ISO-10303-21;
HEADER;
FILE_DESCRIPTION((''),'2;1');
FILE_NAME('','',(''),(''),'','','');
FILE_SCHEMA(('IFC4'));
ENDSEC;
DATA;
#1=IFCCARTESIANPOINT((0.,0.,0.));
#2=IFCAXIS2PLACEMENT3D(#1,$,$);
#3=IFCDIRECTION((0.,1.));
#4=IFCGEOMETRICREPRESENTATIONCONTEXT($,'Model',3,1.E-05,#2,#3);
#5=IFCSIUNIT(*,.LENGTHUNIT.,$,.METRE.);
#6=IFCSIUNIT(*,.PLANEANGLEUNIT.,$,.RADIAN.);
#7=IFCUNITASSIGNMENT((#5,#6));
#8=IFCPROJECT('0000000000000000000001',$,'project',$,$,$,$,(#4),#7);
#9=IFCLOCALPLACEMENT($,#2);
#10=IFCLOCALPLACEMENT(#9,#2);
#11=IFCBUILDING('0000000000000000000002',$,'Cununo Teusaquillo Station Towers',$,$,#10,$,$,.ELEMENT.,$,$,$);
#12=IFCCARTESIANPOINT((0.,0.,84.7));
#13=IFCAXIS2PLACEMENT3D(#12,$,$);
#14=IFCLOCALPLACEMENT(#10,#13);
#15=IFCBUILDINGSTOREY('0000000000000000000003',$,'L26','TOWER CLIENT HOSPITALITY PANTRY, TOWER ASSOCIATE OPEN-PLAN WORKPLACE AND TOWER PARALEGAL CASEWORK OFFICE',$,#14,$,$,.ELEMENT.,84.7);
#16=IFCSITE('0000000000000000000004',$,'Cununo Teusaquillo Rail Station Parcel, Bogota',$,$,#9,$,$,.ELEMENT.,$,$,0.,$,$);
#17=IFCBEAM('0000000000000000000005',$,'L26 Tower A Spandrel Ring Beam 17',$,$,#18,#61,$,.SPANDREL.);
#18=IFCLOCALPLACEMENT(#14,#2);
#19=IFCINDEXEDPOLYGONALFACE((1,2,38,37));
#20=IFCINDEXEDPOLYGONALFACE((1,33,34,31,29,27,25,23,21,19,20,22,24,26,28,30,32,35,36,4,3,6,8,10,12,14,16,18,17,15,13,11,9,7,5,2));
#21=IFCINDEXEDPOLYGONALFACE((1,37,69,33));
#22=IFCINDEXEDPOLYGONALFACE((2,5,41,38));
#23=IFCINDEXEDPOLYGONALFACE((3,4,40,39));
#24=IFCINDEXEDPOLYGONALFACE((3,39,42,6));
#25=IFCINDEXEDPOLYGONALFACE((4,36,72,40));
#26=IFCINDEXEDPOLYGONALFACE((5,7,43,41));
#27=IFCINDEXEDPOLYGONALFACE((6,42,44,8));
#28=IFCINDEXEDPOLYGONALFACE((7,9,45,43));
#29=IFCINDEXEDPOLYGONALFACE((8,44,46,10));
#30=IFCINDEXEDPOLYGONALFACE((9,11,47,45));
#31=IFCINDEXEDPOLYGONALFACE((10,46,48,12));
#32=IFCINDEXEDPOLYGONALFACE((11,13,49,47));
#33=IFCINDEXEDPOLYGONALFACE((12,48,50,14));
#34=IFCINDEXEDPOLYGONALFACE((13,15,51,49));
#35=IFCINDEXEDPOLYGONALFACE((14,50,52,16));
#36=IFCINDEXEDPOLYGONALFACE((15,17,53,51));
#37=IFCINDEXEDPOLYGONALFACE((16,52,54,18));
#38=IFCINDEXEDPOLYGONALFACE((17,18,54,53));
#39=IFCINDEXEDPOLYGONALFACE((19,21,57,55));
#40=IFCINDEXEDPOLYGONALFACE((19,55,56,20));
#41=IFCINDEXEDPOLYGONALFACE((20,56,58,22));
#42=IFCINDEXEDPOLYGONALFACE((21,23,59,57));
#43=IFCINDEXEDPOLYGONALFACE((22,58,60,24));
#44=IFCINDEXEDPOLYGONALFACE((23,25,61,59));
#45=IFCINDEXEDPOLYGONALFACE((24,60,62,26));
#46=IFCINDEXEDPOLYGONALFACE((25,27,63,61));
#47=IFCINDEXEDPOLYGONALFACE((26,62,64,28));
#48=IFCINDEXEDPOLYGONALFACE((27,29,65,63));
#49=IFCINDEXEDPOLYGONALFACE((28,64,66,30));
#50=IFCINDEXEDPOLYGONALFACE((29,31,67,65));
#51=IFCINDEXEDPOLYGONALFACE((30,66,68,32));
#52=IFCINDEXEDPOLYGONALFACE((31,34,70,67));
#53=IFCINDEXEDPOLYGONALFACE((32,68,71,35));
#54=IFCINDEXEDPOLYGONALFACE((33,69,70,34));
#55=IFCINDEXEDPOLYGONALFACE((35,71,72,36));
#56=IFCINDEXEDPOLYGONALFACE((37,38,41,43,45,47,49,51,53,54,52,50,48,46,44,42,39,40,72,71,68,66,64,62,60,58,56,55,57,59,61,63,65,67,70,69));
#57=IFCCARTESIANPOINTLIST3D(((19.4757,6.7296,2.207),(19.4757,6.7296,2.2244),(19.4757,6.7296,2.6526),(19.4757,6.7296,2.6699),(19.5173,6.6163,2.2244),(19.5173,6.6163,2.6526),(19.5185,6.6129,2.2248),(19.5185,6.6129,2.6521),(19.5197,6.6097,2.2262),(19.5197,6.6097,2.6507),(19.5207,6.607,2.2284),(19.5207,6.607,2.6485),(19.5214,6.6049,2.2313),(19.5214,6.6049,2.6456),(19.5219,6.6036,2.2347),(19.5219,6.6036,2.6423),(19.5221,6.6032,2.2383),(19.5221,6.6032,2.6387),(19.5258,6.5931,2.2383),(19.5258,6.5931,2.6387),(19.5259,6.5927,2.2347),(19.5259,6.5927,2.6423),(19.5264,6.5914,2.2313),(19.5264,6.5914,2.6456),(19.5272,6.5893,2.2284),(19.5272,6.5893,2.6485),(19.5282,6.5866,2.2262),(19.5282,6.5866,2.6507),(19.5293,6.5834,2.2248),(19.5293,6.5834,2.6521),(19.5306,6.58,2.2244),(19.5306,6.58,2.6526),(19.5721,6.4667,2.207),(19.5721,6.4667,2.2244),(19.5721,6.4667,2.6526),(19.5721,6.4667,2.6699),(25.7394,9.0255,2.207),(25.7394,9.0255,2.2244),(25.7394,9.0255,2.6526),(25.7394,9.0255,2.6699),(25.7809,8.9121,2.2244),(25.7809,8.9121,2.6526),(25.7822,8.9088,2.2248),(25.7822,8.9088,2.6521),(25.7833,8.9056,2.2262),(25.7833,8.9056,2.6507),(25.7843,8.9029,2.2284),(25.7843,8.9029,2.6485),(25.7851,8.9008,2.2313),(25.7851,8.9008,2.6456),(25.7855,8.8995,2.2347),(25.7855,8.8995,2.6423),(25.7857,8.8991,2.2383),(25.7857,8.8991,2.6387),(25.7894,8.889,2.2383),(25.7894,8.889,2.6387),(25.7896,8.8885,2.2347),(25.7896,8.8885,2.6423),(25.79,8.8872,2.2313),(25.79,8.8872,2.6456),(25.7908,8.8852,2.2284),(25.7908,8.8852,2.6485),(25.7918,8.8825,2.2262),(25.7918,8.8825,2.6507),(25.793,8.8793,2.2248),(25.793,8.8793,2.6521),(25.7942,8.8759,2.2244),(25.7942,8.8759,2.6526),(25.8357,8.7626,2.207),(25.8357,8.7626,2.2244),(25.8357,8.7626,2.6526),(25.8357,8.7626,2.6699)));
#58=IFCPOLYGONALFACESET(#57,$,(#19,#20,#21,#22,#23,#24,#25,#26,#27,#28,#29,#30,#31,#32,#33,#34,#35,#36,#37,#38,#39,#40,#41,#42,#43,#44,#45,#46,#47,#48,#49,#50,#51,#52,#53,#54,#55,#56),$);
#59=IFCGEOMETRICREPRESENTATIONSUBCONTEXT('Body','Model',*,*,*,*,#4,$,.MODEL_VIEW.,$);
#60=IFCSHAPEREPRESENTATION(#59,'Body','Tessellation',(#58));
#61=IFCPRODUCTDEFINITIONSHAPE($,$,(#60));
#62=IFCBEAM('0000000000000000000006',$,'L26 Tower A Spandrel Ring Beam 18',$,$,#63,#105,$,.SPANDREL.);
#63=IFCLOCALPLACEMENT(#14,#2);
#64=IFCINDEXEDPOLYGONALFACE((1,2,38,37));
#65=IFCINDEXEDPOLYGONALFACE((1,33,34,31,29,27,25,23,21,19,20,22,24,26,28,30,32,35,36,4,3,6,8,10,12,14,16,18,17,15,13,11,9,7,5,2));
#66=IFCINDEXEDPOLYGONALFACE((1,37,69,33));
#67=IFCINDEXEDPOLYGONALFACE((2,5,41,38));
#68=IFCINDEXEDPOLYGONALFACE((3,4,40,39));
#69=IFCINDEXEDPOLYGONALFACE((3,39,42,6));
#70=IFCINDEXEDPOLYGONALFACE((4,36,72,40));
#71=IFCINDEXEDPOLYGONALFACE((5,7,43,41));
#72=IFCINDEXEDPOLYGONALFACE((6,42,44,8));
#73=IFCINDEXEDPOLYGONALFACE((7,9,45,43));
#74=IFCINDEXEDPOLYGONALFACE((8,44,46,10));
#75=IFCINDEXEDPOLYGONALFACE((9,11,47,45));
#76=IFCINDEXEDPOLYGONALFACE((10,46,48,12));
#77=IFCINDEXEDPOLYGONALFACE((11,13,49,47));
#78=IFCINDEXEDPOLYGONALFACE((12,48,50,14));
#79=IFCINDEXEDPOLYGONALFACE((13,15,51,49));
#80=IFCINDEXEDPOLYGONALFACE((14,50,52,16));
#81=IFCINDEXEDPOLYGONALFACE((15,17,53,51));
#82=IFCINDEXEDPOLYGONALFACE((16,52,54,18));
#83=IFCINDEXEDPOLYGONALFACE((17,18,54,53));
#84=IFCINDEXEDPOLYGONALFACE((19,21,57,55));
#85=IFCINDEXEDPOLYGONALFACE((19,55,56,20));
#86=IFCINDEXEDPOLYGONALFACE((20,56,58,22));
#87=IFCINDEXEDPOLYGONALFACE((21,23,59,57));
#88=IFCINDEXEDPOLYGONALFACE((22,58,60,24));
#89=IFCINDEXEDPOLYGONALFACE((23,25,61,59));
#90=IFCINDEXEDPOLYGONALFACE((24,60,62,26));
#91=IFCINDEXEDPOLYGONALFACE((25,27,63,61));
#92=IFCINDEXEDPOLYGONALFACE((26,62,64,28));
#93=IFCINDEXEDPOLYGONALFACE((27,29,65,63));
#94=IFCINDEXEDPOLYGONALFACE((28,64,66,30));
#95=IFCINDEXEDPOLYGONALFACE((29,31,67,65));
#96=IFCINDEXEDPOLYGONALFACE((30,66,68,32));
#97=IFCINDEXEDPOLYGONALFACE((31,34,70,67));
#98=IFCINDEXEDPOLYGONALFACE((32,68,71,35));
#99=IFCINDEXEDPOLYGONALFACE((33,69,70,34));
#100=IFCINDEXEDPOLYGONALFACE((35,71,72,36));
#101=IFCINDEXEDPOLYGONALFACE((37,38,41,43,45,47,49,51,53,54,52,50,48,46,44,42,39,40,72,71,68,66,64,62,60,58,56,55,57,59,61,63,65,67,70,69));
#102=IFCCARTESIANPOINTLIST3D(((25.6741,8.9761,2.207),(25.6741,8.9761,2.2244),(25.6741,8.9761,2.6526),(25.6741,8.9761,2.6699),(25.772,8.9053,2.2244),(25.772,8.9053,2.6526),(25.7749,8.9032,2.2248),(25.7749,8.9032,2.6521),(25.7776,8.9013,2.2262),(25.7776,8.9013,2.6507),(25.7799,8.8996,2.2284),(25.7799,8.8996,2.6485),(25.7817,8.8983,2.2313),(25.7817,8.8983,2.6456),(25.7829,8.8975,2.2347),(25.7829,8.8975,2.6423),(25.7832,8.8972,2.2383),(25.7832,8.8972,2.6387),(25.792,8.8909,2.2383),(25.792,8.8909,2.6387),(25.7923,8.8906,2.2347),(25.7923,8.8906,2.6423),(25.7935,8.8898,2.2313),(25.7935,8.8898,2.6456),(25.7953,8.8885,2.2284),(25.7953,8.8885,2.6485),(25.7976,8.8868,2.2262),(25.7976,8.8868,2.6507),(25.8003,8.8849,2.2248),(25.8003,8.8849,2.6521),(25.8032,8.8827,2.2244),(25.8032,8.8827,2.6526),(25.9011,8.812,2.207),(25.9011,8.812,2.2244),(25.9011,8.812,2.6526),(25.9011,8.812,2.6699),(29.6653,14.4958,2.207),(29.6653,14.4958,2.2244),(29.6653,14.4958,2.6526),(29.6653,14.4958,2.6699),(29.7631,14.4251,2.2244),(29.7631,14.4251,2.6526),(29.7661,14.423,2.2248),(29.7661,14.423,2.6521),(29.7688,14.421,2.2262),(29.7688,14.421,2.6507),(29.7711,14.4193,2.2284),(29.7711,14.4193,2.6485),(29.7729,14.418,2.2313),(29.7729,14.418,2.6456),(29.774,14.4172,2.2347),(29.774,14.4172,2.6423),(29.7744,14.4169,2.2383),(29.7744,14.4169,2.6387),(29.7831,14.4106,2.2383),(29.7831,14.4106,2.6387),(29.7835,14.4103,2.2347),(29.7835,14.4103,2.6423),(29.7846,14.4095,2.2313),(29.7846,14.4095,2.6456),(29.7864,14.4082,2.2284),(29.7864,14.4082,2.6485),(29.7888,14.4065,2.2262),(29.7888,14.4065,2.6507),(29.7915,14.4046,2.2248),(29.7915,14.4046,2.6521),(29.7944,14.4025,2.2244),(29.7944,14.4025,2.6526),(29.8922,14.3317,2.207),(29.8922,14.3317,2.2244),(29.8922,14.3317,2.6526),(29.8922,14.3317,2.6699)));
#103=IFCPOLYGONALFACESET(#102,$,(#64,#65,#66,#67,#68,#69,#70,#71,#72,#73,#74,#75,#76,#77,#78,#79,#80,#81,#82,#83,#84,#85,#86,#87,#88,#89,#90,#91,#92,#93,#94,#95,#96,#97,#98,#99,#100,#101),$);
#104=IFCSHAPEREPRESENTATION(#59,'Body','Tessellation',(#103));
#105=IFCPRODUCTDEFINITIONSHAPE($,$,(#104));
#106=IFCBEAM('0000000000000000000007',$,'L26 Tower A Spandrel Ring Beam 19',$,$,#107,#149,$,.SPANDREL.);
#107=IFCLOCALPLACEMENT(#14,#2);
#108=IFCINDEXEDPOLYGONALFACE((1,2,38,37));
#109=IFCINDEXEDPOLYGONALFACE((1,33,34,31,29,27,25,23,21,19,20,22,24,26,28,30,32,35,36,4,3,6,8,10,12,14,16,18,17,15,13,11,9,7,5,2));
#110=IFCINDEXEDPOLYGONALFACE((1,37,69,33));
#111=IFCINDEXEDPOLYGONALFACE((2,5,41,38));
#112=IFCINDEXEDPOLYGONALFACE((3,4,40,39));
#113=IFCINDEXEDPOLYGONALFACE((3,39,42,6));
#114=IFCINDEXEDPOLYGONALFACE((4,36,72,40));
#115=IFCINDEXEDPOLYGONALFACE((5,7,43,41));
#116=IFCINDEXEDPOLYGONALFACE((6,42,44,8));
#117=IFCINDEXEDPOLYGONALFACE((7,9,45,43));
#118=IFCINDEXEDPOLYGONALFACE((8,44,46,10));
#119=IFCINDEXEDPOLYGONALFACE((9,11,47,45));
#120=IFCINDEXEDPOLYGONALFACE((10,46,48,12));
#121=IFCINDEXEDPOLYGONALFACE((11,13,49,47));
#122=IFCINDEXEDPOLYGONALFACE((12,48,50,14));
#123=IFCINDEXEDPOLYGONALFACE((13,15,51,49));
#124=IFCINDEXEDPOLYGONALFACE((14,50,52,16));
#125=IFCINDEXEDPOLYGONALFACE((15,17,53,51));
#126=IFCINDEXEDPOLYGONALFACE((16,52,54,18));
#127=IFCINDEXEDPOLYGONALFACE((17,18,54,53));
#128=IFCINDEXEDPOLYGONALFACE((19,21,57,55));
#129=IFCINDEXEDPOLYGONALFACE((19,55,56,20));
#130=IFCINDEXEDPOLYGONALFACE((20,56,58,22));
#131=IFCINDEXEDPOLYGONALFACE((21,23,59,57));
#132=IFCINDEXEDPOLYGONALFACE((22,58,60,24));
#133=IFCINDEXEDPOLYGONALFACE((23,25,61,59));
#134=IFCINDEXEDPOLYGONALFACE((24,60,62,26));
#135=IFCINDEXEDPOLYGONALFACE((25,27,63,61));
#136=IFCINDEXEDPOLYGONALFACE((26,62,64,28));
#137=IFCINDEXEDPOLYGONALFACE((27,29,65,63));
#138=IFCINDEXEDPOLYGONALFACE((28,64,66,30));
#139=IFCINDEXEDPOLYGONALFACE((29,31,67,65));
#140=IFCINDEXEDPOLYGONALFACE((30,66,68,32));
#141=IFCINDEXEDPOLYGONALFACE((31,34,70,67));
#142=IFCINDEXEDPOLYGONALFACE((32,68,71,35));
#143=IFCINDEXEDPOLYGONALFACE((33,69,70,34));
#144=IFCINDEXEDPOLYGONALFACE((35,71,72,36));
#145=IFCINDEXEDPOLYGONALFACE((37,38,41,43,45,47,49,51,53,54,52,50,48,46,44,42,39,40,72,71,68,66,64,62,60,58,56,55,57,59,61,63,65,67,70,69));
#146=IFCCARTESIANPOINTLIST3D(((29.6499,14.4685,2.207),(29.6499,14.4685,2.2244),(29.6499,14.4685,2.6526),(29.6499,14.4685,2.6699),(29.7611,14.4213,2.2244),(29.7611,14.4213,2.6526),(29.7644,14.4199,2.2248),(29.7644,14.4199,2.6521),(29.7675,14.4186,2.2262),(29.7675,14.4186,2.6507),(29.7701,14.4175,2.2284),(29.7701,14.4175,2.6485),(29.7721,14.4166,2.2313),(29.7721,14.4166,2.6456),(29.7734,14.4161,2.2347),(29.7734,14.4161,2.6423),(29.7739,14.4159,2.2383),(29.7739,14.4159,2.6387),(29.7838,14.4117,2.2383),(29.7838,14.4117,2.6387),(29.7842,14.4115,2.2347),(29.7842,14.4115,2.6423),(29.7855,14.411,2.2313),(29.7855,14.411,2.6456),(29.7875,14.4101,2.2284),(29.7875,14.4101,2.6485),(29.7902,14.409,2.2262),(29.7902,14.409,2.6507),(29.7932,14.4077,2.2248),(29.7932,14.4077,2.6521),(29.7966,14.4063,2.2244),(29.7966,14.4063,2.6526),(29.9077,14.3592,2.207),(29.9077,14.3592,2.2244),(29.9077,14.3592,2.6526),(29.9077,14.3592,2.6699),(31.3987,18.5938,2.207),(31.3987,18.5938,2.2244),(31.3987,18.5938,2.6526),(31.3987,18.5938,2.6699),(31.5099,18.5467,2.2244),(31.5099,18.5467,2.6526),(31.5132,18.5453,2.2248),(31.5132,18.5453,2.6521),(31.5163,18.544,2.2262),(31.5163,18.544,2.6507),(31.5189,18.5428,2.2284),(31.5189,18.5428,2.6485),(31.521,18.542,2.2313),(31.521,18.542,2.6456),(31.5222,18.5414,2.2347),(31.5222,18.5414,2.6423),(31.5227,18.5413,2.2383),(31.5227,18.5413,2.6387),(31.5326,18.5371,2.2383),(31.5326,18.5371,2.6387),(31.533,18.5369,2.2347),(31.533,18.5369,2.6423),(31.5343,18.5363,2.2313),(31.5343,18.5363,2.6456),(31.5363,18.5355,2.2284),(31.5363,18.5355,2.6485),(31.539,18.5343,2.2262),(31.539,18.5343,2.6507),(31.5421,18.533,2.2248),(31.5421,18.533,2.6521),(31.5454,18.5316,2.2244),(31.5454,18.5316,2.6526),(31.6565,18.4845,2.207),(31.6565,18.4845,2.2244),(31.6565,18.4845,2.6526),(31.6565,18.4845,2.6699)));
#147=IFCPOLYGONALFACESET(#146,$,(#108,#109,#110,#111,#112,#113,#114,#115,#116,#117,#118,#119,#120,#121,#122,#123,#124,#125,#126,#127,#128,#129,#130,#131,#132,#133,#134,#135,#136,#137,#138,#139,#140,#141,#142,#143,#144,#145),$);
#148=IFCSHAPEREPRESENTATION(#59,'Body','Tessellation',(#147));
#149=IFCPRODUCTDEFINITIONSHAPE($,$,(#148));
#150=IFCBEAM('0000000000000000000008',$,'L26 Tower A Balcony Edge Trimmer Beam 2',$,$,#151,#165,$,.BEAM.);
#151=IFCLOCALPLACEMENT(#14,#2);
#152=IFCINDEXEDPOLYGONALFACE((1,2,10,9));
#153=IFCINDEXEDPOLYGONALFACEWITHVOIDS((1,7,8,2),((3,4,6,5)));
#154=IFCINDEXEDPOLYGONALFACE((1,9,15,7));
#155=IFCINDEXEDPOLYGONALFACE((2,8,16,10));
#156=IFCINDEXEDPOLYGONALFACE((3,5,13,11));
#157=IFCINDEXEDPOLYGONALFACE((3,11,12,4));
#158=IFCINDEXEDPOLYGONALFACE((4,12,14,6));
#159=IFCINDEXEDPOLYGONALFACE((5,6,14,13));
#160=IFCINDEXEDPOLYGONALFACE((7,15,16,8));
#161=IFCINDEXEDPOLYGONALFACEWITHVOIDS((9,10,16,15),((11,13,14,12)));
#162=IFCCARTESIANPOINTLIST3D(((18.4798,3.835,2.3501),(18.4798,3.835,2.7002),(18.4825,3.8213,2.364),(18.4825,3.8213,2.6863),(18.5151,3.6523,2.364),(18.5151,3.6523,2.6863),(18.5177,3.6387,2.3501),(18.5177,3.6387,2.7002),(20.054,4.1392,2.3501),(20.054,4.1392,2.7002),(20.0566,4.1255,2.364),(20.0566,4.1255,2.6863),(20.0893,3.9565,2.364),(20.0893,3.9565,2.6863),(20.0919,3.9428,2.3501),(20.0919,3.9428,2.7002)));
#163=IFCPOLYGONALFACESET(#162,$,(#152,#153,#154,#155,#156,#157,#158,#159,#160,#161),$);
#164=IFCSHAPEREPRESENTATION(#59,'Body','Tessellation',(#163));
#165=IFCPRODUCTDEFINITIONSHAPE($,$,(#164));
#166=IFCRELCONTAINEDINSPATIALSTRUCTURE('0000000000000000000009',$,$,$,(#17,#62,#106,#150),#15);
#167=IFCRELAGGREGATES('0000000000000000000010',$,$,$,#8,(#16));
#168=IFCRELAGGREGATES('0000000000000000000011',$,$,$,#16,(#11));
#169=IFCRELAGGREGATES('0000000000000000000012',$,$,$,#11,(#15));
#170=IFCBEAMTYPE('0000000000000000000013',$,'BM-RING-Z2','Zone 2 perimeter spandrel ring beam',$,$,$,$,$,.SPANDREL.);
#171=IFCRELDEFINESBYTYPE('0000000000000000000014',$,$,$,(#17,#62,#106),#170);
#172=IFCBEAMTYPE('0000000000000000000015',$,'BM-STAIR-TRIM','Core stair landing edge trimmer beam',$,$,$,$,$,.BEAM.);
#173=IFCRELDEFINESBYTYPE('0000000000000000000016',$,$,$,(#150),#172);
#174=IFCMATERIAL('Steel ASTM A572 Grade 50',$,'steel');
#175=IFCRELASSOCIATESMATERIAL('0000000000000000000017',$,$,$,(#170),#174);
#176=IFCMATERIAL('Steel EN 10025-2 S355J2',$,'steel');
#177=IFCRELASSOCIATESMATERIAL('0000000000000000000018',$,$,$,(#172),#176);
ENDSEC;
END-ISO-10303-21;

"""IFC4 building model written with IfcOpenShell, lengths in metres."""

from ifc_helpers import new_model, si_unit, direction, frame, origin, origin_2d, place, context, subcontext, project, spatial, hollow_rectangle, i_section, extrude, material, material_profile, profile_set, type_object, element, save


model = new_model("IFC4")

# Units and contexts
model_context = context("Model", 3, precision=1e-05, world=origin(), true_north=direction((0.0, 1.0)))
body_context = subcontext(model_context, "Body", "Model", "MODEL_VIEW")
ifc_project = project(units=[si_unit("LENGTHUNIT", "METRE"), si_unit("PLANEANGLEUNIT", "RADIAN")], contexts=[model_context])

# Site, building, storey
site_placement = place(None, origin())
site = spatial("IfcSite", under=ifc_project, at=site_placement, Name="Cununo Teusaquillo Rail Station Parcel, Bogota", CompositionType="ELEMENT", RefElevation=0.0)
building_placement = place(site_placement, origin())
building = spatial("IfcBuilding", under=site, at=building_placement, Name="Cununo Teusaquillo Station Towers", CompositionType="ELEMENT")
storey_placement = place(building_placement, frame((0.0, 0.0, 84.7)))
storey = spatial("IfcBuildingStorey", under=building, at=storey_placement, Name="L26", Description="TOWER CLIENT HOSPITALITY PANTRY, TOWER ASSOCIATE OPEN-PLAN WORKPLACE AND TOWER PARALEGAL CASEWORK OFFICE", CompositionType="ELEMENT", Elevation=84.7)

# Beams
ifc_material_1 = material(Name="Steel ASTM A572 Grade 50", Category="steel")
ifc_material_profile_1 = material_profile(ifc_material_1, i_section(OverallWidth=0.28, OverallDepth=0.4629, WebThickness=0.0107, FlangeThickness=0.0173, FilletRadius=0.0139, at=origin_2d()), Name="W18X76")
ifc_profile_set_1 = profile_set([ifc_material_profile_1], Name="Steel ASTM A572 Grade 50")
beam_type_1 = type_object("IfcBeamType", Name="BM-RING-Z2", Description="Zone 2 perimeter spandrel ring beam", PredefinedType="SPANDREL", material=ifc_profile_set_1)
beam_1_placement = place(storey_placement, frame((19.5239, 6.5981, 2.4385), z_axis=(0.938914, 0.344151, 0.0), x_axis=(-0.344151, 0.938914, 0.0)))
element("IfcBeam", 1, at=beam_1_placement, inside=storey, type_object=beam_type_1, Name="L26 Tower A Spandrel Ring Beam 17", PredefinedType="SPANDREL", context=body_context, shape_type="SweptSolid", body=[
    extrude(i_section(OverallWidth=0.28, OverallDepth=0.4629, WebThickness=0.0107, FlangeThickness=0.0173, FilletRadius=0.0139, at=origin_2d()), origin(), (0.0, 0.0, 1.0), 6.6711),
])
beam_2_placement = place(storey_placement, frame((25.7876, 8.894, 2.4385), z_axis=(0.585945, 0.810351, 0.0), x_axis=(-0.810351, 0.585945, 0.0)))
element("IfcBeam", 2, at=beam_2_placement, inside=storey, type_object=beam_type_1, Name="L26 Tower A Spandrel Ring Beam 18", PredefinedType="SPANDREL", context=body_context, shape_type="SweptSolid", body=[
    extrude(i_section(OverallWidth=0.28, OverallDepth=0.4629, WebThickness=0.0107, FlangeThickness=0.0173, FilletRadius=0.0139, at=origin_2d()), origin(), (0.0, 0.0, 1.0), 6.8115),
])
beam_3_placement = place(storey_placement, frame((29.7788, 14.4138, 2.4385), z_axis=(0.390299, 0.920688, 0.0), x_axis=(-0.920688, 0.390299, 0.0)))
element("IfcBeam", 3, at=beam_3_placement, inside=storey, type_object=beam_type_1, Name="L26 Tower A Spandrel Ring Beam 19", PredefinedType="SPANDREL", context=body_context, shape_type="SweptSolid", body=[
    extrude(i_section(OverallWidth=0.28, OverallDepth=0.4629, WebThickness=0.0107, FlangeThickness=0.0173, FilletRadius=0.0139, at=origin_2d()), origin(), (0.0, 0.0, 1.0), 4.4807),
])
ifc_material_2 = material(Name="Steel EN 10025-2 S355J2", Category="steel")
ifc_material_profile_2 = material_profile(ifc_material_2, hollow_rectangle(XDim=0.2, YDim=0.3501, WallThickness=0.0139, at=origin_2d()), Name="RHS 350x200x14")
ifc_profile_set_2 = profile_set([ifc_material_profile_2], Name="Steel EN 10025-2 S355J2")
beam_type_2 = type_object("IfcBeamType", Name="BM-STAIR-TRIM", Description="Core stair landing edge trimmer beam", PredefinedType="BEAM", material=ifc_profile_set_2)
beam_4_placement = place(storey_placement, frame((18.4988, 3.7368, 2.5251), z_axis=(0.981837, 0.189728, 0.0), x_axis=(-0.189728, 0.981837, 0.0)))
element("IfcBeam", 4, at=beam_4_placement, inside=storey, type_object=beam_type_2, Name="L26 Tower A Balcony Edge Trimmer Beam 2", PredefinedType="BEAM", context=body_context, shape_type="SweptSolid", body=[
    extrude(hollow_rectangle(XDim=0.2, YDim=0.3501, WallThickness=0.0139, at=origin_2d()), origin(), (0.0, 0.0, 1.0), 1.6033),
])

save(model, "model.ifc")
